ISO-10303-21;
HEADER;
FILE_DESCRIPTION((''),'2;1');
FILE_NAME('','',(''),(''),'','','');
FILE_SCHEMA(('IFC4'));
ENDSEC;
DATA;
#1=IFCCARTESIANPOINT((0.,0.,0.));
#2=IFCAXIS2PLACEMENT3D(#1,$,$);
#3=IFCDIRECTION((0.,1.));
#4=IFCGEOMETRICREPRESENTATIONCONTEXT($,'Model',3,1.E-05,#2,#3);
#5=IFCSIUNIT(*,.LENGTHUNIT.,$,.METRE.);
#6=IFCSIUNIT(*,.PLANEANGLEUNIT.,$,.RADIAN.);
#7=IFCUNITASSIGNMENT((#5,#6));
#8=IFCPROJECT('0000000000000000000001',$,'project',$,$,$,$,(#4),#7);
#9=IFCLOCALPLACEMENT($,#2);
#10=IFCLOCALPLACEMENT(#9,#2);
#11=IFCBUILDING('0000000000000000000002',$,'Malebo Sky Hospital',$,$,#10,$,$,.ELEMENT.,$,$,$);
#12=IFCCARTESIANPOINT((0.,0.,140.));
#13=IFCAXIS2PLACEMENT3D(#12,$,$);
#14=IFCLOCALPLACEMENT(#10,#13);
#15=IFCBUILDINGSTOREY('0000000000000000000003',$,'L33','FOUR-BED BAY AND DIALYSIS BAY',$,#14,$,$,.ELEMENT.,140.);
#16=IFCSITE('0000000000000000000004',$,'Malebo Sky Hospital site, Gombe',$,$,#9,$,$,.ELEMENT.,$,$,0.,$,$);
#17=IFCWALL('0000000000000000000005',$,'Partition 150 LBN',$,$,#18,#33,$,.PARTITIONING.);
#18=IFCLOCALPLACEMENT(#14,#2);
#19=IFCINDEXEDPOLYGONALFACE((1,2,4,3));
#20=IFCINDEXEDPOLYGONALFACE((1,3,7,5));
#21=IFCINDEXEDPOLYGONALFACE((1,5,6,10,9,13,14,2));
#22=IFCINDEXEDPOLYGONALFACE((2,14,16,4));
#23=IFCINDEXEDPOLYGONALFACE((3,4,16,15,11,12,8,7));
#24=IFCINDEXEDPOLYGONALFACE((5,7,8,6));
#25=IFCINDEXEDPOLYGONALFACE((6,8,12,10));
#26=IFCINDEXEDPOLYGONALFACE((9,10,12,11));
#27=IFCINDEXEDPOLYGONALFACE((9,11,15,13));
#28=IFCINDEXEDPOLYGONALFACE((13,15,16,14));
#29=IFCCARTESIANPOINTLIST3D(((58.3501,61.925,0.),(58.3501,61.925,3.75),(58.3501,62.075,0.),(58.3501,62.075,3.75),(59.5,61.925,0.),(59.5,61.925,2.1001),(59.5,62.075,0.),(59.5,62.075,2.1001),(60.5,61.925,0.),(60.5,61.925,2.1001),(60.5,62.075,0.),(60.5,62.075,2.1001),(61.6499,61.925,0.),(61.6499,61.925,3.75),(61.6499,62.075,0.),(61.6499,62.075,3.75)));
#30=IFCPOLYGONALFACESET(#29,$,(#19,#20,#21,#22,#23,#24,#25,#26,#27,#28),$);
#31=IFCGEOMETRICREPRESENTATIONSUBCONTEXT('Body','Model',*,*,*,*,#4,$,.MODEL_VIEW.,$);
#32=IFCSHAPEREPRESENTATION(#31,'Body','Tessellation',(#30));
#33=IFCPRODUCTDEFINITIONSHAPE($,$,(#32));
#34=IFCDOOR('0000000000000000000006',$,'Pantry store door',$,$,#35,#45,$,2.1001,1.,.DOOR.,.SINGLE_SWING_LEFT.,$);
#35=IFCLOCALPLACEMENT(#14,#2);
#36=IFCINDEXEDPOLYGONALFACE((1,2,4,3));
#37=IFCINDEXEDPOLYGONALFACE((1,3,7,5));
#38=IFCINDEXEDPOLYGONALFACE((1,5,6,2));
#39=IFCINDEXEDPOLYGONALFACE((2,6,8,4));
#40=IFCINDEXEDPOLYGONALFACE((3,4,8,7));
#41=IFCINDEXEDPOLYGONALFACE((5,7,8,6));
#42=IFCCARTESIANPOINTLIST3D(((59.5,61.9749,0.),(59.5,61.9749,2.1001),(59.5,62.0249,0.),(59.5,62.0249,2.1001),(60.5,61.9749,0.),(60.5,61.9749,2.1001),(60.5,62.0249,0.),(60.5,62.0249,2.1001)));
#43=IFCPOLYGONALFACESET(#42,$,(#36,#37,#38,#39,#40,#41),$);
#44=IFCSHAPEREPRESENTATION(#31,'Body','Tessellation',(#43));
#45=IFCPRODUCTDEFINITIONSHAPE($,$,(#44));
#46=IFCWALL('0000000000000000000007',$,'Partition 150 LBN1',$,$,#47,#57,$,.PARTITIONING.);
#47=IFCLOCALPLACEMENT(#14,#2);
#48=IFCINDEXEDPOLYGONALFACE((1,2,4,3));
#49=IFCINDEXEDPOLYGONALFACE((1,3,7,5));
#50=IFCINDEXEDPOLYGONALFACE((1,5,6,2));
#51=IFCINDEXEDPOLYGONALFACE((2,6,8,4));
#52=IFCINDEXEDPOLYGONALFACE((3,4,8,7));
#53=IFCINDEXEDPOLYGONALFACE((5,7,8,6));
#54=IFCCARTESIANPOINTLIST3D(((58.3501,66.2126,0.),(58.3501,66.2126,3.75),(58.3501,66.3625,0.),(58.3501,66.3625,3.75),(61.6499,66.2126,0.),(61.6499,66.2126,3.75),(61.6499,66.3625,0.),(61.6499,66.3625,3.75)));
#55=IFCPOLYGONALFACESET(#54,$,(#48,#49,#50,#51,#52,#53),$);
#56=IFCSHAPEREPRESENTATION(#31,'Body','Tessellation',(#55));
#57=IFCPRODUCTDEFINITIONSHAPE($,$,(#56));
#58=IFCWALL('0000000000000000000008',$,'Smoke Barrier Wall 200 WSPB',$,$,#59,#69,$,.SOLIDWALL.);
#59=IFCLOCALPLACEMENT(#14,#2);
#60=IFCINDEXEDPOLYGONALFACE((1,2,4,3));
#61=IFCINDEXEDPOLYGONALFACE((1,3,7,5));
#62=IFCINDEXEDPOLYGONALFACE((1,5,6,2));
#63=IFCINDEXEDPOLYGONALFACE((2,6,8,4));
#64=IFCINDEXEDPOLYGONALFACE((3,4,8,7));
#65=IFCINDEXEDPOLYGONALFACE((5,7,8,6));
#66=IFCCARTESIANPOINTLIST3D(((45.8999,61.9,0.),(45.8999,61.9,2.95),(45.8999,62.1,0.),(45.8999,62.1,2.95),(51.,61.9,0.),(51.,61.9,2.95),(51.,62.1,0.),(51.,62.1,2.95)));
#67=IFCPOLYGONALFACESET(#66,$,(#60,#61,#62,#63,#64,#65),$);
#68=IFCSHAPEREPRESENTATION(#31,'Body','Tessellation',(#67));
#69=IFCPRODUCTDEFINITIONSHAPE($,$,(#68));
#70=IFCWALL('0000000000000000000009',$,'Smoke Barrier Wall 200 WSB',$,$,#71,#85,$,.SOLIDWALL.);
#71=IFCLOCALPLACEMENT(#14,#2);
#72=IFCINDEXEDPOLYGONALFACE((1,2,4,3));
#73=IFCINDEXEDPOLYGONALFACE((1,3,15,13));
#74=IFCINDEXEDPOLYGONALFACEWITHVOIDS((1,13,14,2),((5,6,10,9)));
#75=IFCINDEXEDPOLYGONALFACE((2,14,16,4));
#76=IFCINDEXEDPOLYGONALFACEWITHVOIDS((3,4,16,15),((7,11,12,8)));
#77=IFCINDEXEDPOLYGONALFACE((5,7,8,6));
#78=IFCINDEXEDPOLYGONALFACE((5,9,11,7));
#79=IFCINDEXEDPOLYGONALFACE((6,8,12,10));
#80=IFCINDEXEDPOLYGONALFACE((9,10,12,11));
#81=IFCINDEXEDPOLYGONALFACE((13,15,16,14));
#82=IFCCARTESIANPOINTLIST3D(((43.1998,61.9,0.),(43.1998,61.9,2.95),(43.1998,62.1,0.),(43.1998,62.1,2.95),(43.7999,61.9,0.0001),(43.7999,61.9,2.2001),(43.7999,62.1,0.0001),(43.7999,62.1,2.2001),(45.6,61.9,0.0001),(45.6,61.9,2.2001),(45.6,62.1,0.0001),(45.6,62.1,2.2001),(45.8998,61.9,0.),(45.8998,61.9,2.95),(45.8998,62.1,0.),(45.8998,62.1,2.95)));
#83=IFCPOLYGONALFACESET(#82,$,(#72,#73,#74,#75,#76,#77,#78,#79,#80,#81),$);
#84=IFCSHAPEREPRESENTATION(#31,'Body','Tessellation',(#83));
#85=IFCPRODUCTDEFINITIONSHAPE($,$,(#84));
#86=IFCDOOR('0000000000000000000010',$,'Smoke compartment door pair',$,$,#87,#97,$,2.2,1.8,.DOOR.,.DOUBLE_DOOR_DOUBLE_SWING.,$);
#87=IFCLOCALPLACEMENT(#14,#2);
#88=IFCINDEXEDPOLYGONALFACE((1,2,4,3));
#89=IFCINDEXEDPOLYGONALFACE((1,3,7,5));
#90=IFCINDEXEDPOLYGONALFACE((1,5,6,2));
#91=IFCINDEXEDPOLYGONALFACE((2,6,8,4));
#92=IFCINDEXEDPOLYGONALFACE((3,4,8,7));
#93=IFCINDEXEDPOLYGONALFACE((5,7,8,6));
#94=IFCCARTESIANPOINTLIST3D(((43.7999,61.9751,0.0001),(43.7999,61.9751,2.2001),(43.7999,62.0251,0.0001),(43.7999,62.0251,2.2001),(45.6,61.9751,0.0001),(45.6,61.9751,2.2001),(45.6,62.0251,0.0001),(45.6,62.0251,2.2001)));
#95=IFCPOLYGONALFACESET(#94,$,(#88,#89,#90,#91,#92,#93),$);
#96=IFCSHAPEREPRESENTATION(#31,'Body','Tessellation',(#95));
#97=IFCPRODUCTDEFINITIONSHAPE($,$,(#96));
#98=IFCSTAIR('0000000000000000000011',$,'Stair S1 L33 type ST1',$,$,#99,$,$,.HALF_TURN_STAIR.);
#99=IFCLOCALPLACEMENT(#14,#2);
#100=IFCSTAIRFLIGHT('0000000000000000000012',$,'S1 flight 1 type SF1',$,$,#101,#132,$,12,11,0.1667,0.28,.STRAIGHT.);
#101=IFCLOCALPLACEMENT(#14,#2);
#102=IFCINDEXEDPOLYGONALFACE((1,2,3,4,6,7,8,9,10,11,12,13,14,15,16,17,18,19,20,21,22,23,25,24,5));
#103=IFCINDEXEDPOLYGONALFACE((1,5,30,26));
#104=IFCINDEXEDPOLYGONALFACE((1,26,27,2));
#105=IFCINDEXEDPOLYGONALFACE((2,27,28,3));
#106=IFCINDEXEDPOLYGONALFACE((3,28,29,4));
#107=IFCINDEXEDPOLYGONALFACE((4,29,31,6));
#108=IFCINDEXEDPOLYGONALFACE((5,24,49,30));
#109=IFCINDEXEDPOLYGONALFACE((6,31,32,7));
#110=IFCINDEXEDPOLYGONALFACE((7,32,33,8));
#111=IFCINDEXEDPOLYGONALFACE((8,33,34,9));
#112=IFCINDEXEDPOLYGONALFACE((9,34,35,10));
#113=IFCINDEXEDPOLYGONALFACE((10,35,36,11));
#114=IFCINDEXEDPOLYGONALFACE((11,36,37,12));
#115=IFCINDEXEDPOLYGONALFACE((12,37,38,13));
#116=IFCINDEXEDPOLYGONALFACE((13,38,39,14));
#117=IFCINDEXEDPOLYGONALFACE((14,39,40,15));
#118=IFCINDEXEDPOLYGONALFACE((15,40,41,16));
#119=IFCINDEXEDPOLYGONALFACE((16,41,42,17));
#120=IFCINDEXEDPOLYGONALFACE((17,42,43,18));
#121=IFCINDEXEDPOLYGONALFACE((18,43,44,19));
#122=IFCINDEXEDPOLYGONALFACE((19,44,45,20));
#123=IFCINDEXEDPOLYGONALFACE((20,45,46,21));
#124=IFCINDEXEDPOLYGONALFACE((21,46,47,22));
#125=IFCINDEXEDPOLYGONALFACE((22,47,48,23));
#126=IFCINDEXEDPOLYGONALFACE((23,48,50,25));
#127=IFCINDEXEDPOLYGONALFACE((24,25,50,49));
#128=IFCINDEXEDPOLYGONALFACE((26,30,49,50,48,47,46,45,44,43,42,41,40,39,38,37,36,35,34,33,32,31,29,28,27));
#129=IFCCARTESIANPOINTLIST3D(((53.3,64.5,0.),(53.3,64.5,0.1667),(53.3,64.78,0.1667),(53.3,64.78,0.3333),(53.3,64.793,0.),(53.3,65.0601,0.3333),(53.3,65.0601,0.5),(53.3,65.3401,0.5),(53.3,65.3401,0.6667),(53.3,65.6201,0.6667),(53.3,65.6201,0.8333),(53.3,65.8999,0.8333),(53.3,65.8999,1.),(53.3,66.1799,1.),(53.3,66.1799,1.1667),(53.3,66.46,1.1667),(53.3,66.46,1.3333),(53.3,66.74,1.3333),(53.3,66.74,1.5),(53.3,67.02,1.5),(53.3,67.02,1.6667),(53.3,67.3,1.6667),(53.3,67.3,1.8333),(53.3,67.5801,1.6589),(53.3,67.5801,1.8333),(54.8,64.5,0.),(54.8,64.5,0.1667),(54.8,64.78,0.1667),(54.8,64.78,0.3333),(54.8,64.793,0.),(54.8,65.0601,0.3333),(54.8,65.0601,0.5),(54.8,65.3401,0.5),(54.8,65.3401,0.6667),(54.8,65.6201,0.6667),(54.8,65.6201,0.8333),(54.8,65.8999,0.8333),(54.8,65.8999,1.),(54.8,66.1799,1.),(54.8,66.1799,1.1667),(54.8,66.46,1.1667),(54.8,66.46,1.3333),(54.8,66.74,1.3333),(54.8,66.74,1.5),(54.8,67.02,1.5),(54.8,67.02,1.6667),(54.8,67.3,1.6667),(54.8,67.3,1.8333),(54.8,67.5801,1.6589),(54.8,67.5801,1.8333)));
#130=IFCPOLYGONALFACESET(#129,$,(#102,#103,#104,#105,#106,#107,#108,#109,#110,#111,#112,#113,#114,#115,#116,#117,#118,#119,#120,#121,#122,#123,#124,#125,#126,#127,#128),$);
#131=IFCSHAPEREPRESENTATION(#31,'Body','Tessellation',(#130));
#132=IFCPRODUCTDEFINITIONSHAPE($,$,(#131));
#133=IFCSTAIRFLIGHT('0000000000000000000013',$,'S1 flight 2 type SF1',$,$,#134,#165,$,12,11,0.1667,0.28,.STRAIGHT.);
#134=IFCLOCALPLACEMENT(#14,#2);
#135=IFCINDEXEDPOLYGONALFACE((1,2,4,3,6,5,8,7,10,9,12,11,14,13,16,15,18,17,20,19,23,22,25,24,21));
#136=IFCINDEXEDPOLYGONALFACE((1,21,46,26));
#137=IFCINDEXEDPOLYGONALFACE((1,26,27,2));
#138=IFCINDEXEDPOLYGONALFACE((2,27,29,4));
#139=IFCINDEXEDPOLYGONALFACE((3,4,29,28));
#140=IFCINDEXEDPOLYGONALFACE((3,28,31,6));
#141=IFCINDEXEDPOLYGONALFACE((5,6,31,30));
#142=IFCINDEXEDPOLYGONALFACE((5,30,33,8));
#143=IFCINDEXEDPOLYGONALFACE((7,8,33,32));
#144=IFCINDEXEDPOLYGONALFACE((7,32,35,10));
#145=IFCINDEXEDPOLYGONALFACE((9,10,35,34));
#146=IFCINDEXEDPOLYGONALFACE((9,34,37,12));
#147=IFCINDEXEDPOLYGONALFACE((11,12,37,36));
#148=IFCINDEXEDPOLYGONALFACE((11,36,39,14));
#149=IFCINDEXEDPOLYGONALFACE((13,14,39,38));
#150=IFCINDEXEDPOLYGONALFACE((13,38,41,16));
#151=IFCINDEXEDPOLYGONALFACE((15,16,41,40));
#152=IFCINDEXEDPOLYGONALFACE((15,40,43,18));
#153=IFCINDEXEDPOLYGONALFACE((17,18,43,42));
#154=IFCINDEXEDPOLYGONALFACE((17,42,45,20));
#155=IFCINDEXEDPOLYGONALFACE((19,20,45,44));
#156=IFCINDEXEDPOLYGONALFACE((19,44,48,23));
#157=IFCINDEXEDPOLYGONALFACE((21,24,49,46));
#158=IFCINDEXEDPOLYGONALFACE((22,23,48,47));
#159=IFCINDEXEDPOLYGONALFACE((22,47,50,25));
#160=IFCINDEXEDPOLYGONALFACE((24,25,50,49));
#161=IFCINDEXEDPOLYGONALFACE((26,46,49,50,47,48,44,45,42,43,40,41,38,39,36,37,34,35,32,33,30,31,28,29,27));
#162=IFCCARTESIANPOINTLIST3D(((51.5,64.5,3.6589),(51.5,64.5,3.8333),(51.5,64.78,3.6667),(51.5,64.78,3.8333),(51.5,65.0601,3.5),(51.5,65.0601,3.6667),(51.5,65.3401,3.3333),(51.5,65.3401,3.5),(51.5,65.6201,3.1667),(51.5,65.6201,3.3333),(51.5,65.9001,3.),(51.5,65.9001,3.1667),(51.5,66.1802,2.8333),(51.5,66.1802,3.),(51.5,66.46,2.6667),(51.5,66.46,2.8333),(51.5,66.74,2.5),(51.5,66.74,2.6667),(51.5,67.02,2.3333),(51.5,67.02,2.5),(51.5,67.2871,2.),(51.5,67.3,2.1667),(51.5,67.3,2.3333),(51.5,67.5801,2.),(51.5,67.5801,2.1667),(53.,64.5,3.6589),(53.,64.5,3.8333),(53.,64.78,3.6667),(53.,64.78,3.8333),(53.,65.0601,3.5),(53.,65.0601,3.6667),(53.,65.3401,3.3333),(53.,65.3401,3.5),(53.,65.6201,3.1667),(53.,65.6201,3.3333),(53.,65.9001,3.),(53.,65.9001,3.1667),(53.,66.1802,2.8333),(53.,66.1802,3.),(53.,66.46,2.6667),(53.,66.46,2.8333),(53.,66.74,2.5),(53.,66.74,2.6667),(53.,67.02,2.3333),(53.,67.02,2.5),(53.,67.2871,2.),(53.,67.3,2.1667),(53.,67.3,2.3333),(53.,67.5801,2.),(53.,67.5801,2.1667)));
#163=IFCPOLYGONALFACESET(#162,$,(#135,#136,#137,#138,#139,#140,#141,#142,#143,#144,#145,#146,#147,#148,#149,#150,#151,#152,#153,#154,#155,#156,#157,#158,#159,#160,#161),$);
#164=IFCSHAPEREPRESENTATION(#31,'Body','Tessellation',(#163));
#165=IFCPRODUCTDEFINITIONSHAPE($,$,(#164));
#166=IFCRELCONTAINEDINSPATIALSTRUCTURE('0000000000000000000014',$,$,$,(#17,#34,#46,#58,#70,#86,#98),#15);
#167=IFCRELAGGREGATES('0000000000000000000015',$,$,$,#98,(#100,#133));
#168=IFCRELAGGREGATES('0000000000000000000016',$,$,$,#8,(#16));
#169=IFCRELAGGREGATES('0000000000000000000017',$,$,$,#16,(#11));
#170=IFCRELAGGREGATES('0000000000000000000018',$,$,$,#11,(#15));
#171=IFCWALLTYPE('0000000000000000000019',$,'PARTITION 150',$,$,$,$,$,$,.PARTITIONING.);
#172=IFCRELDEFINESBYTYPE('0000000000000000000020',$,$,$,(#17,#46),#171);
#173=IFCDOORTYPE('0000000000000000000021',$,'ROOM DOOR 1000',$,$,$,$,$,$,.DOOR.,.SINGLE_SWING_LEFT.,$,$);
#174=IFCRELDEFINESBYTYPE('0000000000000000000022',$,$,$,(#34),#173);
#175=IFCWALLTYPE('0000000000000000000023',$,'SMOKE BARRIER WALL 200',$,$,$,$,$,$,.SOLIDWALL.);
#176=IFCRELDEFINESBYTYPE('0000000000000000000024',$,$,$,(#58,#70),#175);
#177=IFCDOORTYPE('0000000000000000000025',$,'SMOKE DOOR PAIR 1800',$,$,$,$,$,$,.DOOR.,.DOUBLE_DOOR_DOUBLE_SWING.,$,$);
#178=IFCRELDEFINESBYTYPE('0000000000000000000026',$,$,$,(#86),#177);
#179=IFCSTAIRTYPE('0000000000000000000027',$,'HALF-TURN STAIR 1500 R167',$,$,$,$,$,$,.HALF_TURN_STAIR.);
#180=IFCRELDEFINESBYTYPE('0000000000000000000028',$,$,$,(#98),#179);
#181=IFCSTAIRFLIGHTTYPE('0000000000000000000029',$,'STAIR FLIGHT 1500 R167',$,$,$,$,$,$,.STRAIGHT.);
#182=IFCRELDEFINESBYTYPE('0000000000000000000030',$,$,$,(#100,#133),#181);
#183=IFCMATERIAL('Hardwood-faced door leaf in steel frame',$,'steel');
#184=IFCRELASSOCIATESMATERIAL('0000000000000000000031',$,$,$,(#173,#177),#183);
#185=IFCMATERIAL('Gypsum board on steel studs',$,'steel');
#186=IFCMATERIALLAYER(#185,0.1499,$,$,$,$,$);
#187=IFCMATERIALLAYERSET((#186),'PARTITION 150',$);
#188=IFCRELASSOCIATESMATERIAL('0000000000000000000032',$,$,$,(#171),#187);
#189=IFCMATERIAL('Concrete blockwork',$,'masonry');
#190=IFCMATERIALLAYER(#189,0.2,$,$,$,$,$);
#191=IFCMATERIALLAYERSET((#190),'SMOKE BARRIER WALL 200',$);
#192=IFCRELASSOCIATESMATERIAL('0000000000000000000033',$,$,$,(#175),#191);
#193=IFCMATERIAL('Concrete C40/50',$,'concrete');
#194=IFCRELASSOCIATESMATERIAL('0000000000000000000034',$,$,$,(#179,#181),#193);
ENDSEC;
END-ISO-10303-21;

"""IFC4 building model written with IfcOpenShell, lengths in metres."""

from ifc_helpers import new_model, si_unit, direction, frame, frame_2d, origin, place, context, subcontext, project, spatial, polyline, rectangle, outline, extrude, material, layer, layer_set, type_object, element, fill, aggregate, save


model = new_model("IFC4")

# Units and contexts
model_context = context("Model", 3, precision=1e-05, world=origin(), true_north=direction((0.0, 1.0)))
body_context = subcontext(model_context, "Body", "Model", "MODEL_VIEW")
ifc_project = project(units=[si_unit("LENGTHUNIT", "METRE"), si_unit("PLANEANGLEUNIT", "RADIAN")], contexts=[model_context])

# Site, building, storey
site_placement = place(None, origin())
site = spatial("IfcSite", under=ifc_project, at=site_placement, Name="Malebo Sky Hospital site, Gombe", CompositionType="ELEMENT", RefElevation=0.0)
building_placement = place(site_placement, origin())
building = spatial("IfcBuilding", under=site, at=building_placement, Name="Malebo Sky Hospital", CompositionType="ELEMENT")
storey_placement = place(building_placement, frame((0.0, 0.0, 140.0)))
storey = spatial("IfcBuildingStorey", under=building, at=storey_placement, Name="L33", Description="FOUR-BED BAY AND DIALYSIS BAY", CompositionType="ELEMENT", Elevation=140.0)

# Shared definitions
ifc_material_1 = material(Name="Hardwood-faced door leaf in steel frame", Category="steel")

# Shared definitions
ifc_material_2 = material(Name="Gypsum board on steel studs", Category="steel")
door_type_1 = type_object("IfcDoorType", Name="ROOM DOOR 1000", OperationType="SINGLE_SWING_LEFT", PredefinedType="DOOR", material=ifc_material_1)

# Shared definitions
ifc_layer_1 = layer(ifc_material_2, 0.1499)
ifc_layer_set_1 = layer_set([ifc_layer_1], Name="PARTITION 150")
wall_type_1 = type_object("IfcWallType", Name="PARTITION 150", PredefinedType="PARTITIONING", material=ifc_layer_set_1)

# Wall, opening, door
wall_1_placement = place(storey_placement, frame((58.3501, 62.0, 0.0), z_axis=(0.0, 0.0, 1.0), x_axis=(1.0, 0.0, 0.0)))
wall_1 = element("IfcWall", 1, at=wall_1_placement, inside=storey, type_object=wall_type_1, Name="Partition 150 LBN", PredefinedType="PARTITIONING", context=body_context, shape_type="SweptSolid", body=[
    extrude(rectangle(XDim=3.2998, YDim=0.1499, at=frame_2d((1.6499, 0.0))), origin(), (0.0, 0.0, 1.0), 3.75),
])
opening_1_placement = place(wall_1_placement, frame((1.1499, 0.0, 0.0)))
opening_1 = element("IfcOpeningElement", 2, at=opening_1_placement, cuts=wall_1, PredefinedType="OPENING", context=body_context, shape_type="SweptSolid", body=[
    extrude(rectangle(XDim=1.0, YDim=2.1001, at=frame_2d((0.5, 1.05))), frame((0.0, 0.085, 0.0), z_axis=(0.0, -1.0, 0.0), x_axis=(1.0, 0.0, 0.0)), (0.0, 0.0, 1.0), 0.1699),
])
door_1_placement = place(opening_1_placement, origin())
door_1 = element("IfcDoor", 3, at=door_1_placement, inside=storey, type_object=door_type_1, Name="Pantry store door", OperationType="SINGLE_SWING_LEFT", OverallHeight=2.1001, OverallWidth=1.0, PredefinedType="DOOR", context=body_context, shape_type="SweptSolid", body=[
    extrude(rectangle(XDim=1.0, YDim=2.1001, at=frame_2d((0.5, 1.05))), frame((0.0, 0.0249, 0.0), z_axis=(0.0, -1.0, 0.0), x_axis=(1.0, 0.0, 0.0)), (0.0, 0.0, 1.0), 0.05),
])
fill(opening_1, door_1)

# Walls
wall_2_placement = place(storey_placement, frame((58.3501, 66.2876, 0.0), z_axis=(0.0, 0.0, 1.0), x_axis=(1.0, 0.0, 0.0)))
element("IfcWall", 4, at=wall_2_placement, inside=storey, type_object=wall_type_1, Name="Partition 150 LBN1", PredefinedType="PARTITIONING", context=body_context, shape_type="SweptSolid", body=[
    extrude(rectangle(XDim=3.2998, YDim=0.1499, at=frame_2d((1.6499, 0.0))), origin(), (0.0, 0.0, 1.0), 3.75),
])
ifc_material_3 = material(Name="Concrete blockwork", Category="masonry")
ifc_layer_2 = layer(ifc_material_3, 0.2)
ifc_layer_set_2 = layer_set([ifc_layer_2], Name="SMOKE BARRIER WALL 200")
wall_type_2 = type_object("IfcWallType", Name="SMOKE BARRIER WALL 200", PredefinedType="SOLIDWALL", material=ifc_layer_set_2)
wall_3_placement = place(storey_placement, frame((51.0, 62.0, 0.0), z_axis=(0.0, 0.0, 1.0), x_axis=(-1.0, 0.0, 0.0)))
element("IfcWall", 5, at=wall_3_placement, inside=storey, type_object=wall_type_2, Name="Smoke Barrier Wall 200 WSPB", PredefinedType="SOLIDWALL", context=body_context, shape_type="SweptSolid", body=[
    extrude(rectangle(XDim=5.1001, YDim=0.2, at=frame_2d((2.55, 0.0))), origin(), (0.0, 0.0, 1.0), 2.95),
])

# Wall, opening, door
wall_4_placement = place(storey_placement, frame((45.8999, 62.0, 0.0), z_axis=(0.0, 0.0, 1.0), x_axis=(-1.0, 0.0, 0.0)))
wall_4 = element("IfcWall", 6, at=wall_4_placement, inside=storey, type_object=wall_type_2, Name="Smoke Barrier Wall 200 WSB", PredefinedType="SOLIDWALL", context=body_context, shape_type="SweptSolid", body=[
    extrude(rectangle(XDim=2.7, YDim=0.2, at=frame_2d((1.3501, 0.0))), origin(), (0.0, 0.0, 1.0), 2.95),
])
opening_2_placement = place(wall_4_placement, frame((0.3, 0.0, 0.0)))
opening_2 = element("IfcOpeningElement", 7, at=opening_2_placement, cuts=wall_4, PredefinedType="OPENING", context=body_context, shape_type="SweptSolid", body=[
    extrude(rectangle(XDim=1.8, YDim=2.2, at=frame_2d((0.8999, 1.1001))), frame((0.0, 0.1099, 0.0), z_axis=(0.0, -1.0, 0.0), x_axis=(1.0, 0.0, 0.0)), (0.0, 0.0, 1.0), 0.22),
])
door_type_2 = type_object("IfcDoorType", Name="SMOKE DOOR PAIR 1800", OperationType="DOUBLE_DOOR_DOUBLE_SWING", PredefinedType="DOOR", material=ifc_material_1)
door_2_placement = place(opening_2_placement, origin())
door_2 = element("IfcDoor", 8, at=door_2_placement, inside=storey, type_object=door_type_2, Name="Smoke compartment door pair", OperationType="DOUBLE_DOOR_DOUBLE_SWING", OverallHeight=2.2, OverallWidth=1.8, PredefinedType="DOOR", context=body_context, shape_type="SweptSolid", body=[
    extrude(rectangle(XDim=1.8, YDim=2.2, at=frame_2d((0.8999, 1.1001))), frame((0.0, 0.0249, 0.0), z_axis=(0.0, -1.0, 0.0), x_axis=(1.0, 0.0, 0.0)), (0.0, 0.0, 1.0), 0.05),
])
fill(opening_2, door_2)

# Stair, stair flights
ifc_material_4 = material(Name="Concrete C40/50", Category="concrete")
stair_type = type_object("IfcStairType", Name="HALF-TURN STAIR 1500 R167", PredefinedType="HALF_TURN_STAIR", material=ifc_material_4)
stair_placement = place(storey_placement, origin())
stair = element("IfcStair", 9, at=stair_placement, inside=storey, type_object=stair_type, Name="Stair S1 L33 type ST1", PredefinedType="HALF_TURN_STAIR")
stair_flight_type = type_object("IfcStairFlightType", Name="STAIR FLIGHT 1500 R167", PredefinedType="STRAIGHT", material=ifc_material_4)
stair_flight_1_placement = place(storey_placement, frame((54.05, 64.5, 0.0), z_axis=(0.0, 0.0, 1.0), x_axis=(0.0, 1.0, 0.0)))
stair_flight_1 = element("IfcStairFlight", 10, at=stair_flight_1_placement, type_object=stair_flight_type, Name="S1 flight 1 type SF1", NumberOfRisers=12, NumberOfTreads=11, PredefinedType="STRAIGHT", RiserHeight=0.1667, TreadLength=0.28, context=body_context, shape_type="SweptSolid", body=[
    extrude(outline(polyline([(0.0, 0.0), (0.0, 0.1667), (0.28, 0.1667), (0.28, 0.3333), (0.5601, 0.3333), (0.5601, 0.5), (0.8401, 0.5), (0.8401, 0.6667), (1.1201, 0.6667), (1.1201, 0.8333), (1.3999, 0.8333), (1.3999, 1.0), (1.6799, 1.0), (1.6799, 1.1667), (1.96, 1.1667), (1.96, 1.3333), (2.24, 1.3333), (2.24, 1.5), (2.52, 1.5), (2.52, 1.6667), (2.8, 1.6667), (2.8, 1.8333), (3.0801, 1.8333), (3.0801, 2.0), (3.0801, 1.6589), (0.293, 0.0), (0.0, 0.0)])), frame((0.0, 0.75, 0.0), z_axis=(0.0, -1.0, 0.0), x_axis=(1.0, 0.0, 0.0)), (0.0, 0.0, 1.0), 1.5),
])
stair_flight_2_placement = place(storey_placement, frame((52.25, 67.5801, 2.0), z_axis=(0.0, 0.0, 1.0), x_axis=(0.0, -1.0, 0.0)))
stair_flight_2 = element("IfcStairFlight", 11, at=stair_flight_2_placement, type_object=stair_flight_type, Name="S1 flight 2 type SF1", NumberOfRisers=12, NumberOfTreads=11, PredefinedType="STRAIGHT", RiserHeight=0.1667, TreadLength=0.28, context=body_context, shape_type="SweptSolid", body=[
    extrude(outline(polyline([(0.0, 0.0), (0.0, 0.1667), (0.28, 0.1667), (0.28, 0.3333), (0.5601, 0.3333), (0.5601, 0.5), (0.8401, 0.5), (0.8401, 0.6667), (1.1201, 0.6667), (1.1201, 0.8333), (1.3999, 0.8333), (1.3999, 1.0), (1.6799, 1.0), (1.6799, 1.1667), (1.96, 1.1667), (1.96, 1.3333), (2.24, 1.3333), (2.24, 1.5), (2.52, 1.5), (2.52, 1.6667), (2.8, 1.6667), (2.8, 1.8333), (3.0801, 1.8333), (3.0801, 2.0), (3.0801, 1.6589), (0.293, 0.0), (0.0, 0.0)])), frame((0.0, 0.75, 0.0), z_axis=(0.0, -1.0, 0.0), x_axis=(1.0, 0.0, 0.0)), (0.0, 0.0, 1.0), 1.5),
])
aggregate(stair, [stair_flight_1, stair_flight_2])

save(model, "model.ifc")
